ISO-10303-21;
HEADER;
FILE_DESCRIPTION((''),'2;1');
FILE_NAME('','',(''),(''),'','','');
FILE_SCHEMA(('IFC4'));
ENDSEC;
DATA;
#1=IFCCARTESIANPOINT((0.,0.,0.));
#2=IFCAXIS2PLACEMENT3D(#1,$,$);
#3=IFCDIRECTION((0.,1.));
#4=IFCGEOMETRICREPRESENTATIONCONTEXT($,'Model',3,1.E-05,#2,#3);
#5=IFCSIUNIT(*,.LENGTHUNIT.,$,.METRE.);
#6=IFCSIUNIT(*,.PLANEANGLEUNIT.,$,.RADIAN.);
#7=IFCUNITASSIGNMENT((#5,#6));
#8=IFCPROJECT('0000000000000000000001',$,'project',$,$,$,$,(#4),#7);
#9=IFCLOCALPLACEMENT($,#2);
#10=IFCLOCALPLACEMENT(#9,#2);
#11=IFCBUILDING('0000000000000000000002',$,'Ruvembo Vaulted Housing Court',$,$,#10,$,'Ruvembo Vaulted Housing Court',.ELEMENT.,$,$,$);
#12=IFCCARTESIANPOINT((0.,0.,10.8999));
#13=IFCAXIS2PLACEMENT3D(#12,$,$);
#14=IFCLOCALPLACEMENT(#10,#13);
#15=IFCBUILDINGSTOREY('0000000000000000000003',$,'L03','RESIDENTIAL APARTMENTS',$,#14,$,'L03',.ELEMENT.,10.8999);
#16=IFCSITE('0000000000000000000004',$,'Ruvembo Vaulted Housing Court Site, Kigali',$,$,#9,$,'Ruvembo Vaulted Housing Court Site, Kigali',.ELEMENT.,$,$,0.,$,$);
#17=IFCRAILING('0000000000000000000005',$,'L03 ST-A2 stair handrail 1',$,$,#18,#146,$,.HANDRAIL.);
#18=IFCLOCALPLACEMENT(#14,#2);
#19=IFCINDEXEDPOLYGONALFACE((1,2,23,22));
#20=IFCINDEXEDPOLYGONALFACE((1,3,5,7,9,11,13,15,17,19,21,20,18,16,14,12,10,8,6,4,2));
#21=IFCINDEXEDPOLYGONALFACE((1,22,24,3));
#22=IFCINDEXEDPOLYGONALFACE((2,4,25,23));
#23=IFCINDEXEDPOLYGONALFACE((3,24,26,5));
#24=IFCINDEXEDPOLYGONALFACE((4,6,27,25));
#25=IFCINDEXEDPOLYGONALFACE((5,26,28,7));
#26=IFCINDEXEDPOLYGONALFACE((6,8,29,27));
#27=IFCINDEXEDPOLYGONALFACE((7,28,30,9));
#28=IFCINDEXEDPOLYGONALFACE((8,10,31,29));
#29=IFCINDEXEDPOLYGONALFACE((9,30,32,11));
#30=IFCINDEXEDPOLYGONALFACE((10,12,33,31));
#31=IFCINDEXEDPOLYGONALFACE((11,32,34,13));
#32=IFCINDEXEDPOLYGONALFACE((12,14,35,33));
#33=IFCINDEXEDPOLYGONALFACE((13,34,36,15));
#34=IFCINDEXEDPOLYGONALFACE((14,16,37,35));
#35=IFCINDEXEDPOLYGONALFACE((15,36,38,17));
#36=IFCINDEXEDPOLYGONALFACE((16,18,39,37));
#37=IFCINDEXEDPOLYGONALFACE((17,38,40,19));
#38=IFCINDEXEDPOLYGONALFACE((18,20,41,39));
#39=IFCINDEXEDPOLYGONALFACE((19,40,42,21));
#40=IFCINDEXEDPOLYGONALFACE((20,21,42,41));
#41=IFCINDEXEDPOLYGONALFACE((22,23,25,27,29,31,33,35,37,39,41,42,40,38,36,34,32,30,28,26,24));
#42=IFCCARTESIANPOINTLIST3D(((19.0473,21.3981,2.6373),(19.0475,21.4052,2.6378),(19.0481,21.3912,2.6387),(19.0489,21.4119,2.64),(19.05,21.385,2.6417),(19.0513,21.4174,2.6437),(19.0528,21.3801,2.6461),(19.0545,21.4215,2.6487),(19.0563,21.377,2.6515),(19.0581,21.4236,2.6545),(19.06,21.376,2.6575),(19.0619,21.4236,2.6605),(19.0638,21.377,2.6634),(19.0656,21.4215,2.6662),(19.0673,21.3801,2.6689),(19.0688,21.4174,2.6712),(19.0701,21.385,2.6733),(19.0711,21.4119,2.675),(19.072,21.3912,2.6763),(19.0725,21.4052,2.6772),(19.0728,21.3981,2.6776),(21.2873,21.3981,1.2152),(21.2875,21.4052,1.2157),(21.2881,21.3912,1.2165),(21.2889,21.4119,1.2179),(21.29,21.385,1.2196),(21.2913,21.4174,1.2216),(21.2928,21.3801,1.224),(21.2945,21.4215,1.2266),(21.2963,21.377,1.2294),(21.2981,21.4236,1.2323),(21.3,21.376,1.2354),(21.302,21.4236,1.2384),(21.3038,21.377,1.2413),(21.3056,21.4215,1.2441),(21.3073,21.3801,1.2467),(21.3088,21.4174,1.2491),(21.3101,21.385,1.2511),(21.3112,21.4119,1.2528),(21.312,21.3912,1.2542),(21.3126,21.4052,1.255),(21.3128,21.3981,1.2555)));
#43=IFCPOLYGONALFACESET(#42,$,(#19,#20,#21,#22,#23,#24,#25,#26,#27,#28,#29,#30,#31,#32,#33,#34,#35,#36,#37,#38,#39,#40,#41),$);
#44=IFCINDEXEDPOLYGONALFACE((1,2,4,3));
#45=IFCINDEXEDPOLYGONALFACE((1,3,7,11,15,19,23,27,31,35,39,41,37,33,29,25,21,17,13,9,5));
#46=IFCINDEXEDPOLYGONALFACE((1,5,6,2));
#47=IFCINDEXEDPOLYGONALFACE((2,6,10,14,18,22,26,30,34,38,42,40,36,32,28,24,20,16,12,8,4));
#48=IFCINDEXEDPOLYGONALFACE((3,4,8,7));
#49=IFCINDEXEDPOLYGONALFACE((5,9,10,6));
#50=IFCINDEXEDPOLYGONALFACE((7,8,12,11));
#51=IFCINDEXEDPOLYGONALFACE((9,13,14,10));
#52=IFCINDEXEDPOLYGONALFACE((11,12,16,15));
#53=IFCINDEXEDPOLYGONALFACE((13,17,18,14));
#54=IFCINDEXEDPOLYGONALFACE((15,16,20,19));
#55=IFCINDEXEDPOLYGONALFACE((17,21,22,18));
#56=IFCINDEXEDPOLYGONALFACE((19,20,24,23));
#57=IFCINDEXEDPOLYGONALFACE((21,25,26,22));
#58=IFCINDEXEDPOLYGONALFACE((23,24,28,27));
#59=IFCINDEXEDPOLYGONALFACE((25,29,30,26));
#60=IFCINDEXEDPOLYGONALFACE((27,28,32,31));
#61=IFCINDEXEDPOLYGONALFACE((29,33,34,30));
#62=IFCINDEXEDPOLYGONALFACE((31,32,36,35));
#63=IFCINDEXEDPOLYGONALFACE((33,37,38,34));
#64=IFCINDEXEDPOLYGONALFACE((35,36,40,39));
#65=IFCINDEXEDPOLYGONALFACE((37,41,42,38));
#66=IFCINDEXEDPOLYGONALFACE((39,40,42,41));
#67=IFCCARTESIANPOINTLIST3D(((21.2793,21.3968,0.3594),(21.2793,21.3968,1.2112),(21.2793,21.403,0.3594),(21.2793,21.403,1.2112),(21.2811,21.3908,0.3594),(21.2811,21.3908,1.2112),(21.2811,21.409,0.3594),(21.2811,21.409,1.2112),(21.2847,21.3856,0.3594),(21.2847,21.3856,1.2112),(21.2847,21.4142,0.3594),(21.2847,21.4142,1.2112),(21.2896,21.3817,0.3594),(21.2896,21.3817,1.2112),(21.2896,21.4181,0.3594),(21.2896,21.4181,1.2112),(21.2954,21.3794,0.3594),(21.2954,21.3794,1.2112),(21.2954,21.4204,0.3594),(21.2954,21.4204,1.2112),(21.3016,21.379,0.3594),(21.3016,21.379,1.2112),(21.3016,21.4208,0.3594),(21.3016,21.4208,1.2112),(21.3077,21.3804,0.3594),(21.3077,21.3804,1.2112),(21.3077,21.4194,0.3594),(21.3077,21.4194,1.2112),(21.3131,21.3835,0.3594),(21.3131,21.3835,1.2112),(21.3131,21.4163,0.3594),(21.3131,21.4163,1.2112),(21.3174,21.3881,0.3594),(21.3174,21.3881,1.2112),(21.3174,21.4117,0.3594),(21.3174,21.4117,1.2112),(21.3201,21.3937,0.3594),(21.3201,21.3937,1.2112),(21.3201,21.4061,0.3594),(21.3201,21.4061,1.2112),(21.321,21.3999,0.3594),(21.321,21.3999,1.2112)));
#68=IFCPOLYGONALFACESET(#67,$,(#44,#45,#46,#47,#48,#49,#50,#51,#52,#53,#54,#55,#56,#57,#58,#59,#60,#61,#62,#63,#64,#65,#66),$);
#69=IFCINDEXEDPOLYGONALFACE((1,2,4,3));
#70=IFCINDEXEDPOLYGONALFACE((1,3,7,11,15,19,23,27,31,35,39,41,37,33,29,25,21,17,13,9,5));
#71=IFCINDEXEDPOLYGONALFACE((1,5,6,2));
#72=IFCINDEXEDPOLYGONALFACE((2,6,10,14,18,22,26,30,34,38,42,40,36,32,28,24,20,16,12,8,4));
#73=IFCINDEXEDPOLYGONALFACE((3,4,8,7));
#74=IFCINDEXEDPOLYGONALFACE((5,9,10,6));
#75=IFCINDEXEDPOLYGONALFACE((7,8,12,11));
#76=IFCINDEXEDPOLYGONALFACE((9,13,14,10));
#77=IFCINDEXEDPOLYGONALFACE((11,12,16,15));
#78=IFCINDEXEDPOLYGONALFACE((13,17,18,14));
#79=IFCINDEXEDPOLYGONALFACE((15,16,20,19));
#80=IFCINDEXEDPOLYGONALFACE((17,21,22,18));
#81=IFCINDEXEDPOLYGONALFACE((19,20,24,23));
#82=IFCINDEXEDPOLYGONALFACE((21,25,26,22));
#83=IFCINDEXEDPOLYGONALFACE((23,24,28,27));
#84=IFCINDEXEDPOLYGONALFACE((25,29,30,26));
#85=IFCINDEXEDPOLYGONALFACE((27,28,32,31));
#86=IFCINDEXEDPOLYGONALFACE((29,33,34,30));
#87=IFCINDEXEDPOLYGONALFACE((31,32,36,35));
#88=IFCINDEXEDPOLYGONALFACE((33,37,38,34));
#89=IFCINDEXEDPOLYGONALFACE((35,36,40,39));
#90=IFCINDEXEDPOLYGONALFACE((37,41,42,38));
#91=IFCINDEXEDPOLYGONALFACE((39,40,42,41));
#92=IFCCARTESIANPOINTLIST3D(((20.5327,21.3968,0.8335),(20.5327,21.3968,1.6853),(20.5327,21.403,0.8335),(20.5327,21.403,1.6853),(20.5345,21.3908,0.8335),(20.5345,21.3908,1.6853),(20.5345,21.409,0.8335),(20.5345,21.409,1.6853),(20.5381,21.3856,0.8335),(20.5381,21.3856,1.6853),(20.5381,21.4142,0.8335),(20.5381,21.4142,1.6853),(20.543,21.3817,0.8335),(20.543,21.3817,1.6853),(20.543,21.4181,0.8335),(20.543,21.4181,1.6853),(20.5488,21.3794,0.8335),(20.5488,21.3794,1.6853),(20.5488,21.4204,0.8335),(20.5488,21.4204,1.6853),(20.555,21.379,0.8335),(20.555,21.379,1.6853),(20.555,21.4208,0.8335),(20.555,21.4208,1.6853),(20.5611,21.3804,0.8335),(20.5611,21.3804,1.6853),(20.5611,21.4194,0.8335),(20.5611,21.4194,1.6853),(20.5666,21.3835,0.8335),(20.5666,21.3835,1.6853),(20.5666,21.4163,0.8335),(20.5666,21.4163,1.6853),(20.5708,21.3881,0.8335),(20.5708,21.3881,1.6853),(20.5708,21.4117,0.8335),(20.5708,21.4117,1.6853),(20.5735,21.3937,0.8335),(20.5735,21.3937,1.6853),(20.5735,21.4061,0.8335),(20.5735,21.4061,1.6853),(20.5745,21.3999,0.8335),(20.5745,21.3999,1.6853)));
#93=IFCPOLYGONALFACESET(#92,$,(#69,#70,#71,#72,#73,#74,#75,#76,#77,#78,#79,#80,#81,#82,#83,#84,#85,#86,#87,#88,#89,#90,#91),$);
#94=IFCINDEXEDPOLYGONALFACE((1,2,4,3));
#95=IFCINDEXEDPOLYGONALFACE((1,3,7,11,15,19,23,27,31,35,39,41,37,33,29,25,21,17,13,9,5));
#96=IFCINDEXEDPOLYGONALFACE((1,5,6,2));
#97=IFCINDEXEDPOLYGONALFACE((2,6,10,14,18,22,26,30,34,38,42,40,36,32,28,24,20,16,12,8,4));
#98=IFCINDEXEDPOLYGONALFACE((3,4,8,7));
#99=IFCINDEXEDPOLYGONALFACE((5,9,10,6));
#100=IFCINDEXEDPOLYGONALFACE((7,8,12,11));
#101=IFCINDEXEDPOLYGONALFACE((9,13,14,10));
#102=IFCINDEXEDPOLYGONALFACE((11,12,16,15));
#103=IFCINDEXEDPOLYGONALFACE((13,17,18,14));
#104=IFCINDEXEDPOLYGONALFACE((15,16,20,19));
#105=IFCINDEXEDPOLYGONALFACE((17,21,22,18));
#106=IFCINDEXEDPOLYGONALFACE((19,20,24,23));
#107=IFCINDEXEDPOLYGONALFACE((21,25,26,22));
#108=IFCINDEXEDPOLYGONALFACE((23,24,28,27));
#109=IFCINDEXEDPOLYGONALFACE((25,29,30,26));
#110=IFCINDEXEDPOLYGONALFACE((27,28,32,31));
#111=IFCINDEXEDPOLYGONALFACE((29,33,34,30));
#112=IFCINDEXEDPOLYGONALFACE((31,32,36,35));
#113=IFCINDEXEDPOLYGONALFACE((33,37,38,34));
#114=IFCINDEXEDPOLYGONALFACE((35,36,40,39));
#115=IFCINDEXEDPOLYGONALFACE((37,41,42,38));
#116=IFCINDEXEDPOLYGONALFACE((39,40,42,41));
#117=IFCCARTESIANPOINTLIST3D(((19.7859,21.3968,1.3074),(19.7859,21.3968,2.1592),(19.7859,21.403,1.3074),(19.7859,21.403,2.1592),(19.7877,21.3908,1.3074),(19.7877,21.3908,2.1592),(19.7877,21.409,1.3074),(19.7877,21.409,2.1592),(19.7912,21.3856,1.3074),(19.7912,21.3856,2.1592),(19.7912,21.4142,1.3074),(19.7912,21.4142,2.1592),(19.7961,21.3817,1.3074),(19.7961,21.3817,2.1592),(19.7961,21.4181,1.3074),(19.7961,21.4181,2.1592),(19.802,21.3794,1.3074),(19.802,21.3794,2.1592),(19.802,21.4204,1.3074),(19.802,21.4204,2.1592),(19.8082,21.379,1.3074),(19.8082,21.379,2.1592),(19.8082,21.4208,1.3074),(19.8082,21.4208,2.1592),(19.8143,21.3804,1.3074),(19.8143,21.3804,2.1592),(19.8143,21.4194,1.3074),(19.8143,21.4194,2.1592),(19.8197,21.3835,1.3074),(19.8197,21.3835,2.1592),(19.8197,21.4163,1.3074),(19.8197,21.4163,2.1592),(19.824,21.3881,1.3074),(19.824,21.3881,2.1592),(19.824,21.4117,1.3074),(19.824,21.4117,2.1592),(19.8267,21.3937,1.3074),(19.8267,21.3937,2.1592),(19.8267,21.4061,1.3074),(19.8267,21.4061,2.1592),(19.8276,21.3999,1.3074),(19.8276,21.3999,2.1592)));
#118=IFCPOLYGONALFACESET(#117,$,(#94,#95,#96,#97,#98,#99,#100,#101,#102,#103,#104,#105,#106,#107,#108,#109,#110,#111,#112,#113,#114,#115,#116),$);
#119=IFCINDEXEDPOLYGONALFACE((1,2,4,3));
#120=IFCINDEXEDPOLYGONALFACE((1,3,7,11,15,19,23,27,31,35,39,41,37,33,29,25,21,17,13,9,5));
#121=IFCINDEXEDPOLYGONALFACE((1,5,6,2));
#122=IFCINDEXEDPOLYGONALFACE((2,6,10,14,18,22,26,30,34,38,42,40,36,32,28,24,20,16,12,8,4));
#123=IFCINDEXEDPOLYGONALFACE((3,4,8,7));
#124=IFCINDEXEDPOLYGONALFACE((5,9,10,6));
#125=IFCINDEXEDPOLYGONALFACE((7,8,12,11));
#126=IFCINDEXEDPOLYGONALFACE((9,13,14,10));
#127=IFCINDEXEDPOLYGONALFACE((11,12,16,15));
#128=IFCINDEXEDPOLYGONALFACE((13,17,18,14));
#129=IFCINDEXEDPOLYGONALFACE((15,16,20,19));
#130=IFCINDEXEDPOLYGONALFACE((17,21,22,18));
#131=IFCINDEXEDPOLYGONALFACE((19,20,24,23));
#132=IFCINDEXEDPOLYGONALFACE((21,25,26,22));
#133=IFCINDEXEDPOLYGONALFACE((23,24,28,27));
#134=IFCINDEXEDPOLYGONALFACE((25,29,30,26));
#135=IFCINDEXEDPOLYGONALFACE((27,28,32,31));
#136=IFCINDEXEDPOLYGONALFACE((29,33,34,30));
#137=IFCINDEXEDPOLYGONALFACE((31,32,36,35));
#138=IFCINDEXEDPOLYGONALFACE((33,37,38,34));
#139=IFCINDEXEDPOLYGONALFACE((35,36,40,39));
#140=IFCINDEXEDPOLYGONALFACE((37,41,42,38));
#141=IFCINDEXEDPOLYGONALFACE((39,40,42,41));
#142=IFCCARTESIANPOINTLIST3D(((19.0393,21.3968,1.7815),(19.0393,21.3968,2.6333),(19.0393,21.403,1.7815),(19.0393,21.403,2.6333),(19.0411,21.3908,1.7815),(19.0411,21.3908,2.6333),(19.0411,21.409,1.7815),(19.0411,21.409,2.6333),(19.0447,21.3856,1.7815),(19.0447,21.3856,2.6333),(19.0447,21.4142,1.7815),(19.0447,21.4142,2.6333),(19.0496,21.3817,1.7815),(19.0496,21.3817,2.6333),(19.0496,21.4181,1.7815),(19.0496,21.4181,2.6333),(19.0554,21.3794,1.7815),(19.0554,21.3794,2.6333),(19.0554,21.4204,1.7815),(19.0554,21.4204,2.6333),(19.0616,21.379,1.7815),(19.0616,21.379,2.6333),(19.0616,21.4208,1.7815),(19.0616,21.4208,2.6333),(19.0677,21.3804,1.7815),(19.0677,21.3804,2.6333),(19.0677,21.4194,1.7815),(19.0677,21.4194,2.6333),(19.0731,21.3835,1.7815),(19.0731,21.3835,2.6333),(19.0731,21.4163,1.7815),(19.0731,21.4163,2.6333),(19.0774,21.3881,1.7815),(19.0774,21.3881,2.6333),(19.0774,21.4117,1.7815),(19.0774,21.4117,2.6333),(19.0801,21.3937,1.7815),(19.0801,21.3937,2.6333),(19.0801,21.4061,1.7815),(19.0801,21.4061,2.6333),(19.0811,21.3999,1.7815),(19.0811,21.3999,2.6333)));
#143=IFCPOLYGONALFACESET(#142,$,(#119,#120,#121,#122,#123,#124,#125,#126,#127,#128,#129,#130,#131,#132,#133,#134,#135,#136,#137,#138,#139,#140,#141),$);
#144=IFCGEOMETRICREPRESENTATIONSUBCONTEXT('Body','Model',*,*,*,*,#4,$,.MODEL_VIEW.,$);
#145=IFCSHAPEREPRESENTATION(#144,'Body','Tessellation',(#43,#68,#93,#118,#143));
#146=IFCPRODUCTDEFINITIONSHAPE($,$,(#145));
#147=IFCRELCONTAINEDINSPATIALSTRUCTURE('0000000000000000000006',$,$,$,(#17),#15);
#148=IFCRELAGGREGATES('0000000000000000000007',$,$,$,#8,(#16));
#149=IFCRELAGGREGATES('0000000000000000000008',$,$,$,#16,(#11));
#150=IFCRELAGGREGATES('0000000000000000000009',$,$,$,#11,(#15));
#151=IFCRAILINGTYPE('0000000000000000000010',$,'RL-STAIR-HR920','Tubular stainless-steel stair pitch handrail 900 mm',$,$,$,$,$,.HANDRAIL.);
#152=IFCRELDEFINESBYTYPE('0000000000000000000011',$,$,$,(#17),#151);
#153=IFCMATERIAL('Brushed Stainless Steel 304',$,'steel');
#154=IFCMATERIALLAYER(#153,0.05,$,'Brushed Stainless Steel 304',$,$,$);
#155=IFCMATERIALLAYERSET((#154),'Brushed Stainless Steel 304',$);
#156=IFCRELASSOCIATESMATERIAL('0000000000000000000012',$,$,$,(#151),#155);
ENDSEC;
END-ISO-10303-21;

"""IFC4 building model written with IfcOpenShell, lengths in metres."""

from ifc_helpers import new_model, si_unit, direction, frame, origin, origin_2d, place, context, subcontext, project, spatial, circle, extrude, material, layer, layer_set, type_object, element, save


model = new_model("IFC4")

# Units and contexts
model_context = context("Model", 3, precision=1e-05, world=origin(), true_north=direction((0.0, 1.0)))
body_context = subcontext(model_context, "Body", "Model", "MODEL_VIEW")
ifc_project = project(units=[si_unit("LENGTHUNIT", "METRE"), si_unit("PLANEANGLEUNIT", "RADIAN")], contexts=[model_context])

# Site, building, storey
site_placement = place(None, origin())
site = spatial("IfcSite", under=ifc_project, at=site_placement, Name="Ruvembo Vaulted Housing Court Site, Kigali", LongName="Ruvembo Vaulted Housing Court Site, Kigali", CompositionType="ELEMENT", RefElevation=0.0)
building_placement = place(site_placement, origin())
building = spatial("IfcBuilding", under=site, at=building_placement, Name="Ruvembo Vaulted Housing Court", LongName="Ruvembo Vaulted Housing Court", CompositionType="ELEMENT")
storey_placement = place(building_placement, frame((0.0, 0.0, 10.8999)))
storey = spatial("IfcBuildingStorey", under=building, at=storey_placement, Name="L03", Description="RESIDENTIAL APARTMENTS", LongName="L03", CompositionType="ELEMENT", Elevation=10.8999)

# Railing
ifc_material_1 = material(Name="Brushed Stainless Steel 304", Category="steel")
ifc_layer_1 = layer(ifc_material_1, 0.05, Name="Brushed Stainless Steel 304")
ifc_layer_set_1 = layer_set([ifc_layer_1], Name="Brushed Stainless Steel 304")
railing_type_1 = type_object("IfcRailingType", Name="RL-STAIR-HR920", Description="Tubular stainless-steel stair pitch handrail 900 mm", PredefinedType="HANDRAIL", material=ifc_layer_set_1)
railing_1_placement = place(storey_placement, frame((21.3, 21.3999, 0.3594)))
element("IfcRailing", 1, at=railing_1_placement, inside=storey, type_object=railing_type_1, Name="L03 ST-A2 stair handrail 1", PredefinedType="HANDRAIL", context=body_context, shape_type="SweptSolid", body=[
    extrude(circle(Radius=0.0239, at=origin_2d()), frame((0.0, 0.0, 0.876), z_axis=(-0.844229, 0.0, 0.535982), x_axis=(0.0, -1.0, 0.0)), (0.0, 0.0, 1.0), 2.6533),
    extrude(circle(Radius=0.021, at=origin_2d()), origin(), (0.0, 0.0, 1.0), 0.8518),
    extrude(circle(Radius=0.021, at=origin_2d()), frame((-0.7466, 0.0, 0.4741)), (0.0, 0.0, 1.0), 0.8518),
    extrude(circle(Radius=0.021, at=origin_2d()), frame((-1.4934, 0.0, 0.948)), (0.0, 0.0, 1.0), 0.8518),
    extrude(circle(Radius=0.021, at=origin_2d()), frame((-2.24, 0.0, 1.4221)), (0.0, 0.0, 1.0), 0.8518),
])

save(model, "model.ifc")
